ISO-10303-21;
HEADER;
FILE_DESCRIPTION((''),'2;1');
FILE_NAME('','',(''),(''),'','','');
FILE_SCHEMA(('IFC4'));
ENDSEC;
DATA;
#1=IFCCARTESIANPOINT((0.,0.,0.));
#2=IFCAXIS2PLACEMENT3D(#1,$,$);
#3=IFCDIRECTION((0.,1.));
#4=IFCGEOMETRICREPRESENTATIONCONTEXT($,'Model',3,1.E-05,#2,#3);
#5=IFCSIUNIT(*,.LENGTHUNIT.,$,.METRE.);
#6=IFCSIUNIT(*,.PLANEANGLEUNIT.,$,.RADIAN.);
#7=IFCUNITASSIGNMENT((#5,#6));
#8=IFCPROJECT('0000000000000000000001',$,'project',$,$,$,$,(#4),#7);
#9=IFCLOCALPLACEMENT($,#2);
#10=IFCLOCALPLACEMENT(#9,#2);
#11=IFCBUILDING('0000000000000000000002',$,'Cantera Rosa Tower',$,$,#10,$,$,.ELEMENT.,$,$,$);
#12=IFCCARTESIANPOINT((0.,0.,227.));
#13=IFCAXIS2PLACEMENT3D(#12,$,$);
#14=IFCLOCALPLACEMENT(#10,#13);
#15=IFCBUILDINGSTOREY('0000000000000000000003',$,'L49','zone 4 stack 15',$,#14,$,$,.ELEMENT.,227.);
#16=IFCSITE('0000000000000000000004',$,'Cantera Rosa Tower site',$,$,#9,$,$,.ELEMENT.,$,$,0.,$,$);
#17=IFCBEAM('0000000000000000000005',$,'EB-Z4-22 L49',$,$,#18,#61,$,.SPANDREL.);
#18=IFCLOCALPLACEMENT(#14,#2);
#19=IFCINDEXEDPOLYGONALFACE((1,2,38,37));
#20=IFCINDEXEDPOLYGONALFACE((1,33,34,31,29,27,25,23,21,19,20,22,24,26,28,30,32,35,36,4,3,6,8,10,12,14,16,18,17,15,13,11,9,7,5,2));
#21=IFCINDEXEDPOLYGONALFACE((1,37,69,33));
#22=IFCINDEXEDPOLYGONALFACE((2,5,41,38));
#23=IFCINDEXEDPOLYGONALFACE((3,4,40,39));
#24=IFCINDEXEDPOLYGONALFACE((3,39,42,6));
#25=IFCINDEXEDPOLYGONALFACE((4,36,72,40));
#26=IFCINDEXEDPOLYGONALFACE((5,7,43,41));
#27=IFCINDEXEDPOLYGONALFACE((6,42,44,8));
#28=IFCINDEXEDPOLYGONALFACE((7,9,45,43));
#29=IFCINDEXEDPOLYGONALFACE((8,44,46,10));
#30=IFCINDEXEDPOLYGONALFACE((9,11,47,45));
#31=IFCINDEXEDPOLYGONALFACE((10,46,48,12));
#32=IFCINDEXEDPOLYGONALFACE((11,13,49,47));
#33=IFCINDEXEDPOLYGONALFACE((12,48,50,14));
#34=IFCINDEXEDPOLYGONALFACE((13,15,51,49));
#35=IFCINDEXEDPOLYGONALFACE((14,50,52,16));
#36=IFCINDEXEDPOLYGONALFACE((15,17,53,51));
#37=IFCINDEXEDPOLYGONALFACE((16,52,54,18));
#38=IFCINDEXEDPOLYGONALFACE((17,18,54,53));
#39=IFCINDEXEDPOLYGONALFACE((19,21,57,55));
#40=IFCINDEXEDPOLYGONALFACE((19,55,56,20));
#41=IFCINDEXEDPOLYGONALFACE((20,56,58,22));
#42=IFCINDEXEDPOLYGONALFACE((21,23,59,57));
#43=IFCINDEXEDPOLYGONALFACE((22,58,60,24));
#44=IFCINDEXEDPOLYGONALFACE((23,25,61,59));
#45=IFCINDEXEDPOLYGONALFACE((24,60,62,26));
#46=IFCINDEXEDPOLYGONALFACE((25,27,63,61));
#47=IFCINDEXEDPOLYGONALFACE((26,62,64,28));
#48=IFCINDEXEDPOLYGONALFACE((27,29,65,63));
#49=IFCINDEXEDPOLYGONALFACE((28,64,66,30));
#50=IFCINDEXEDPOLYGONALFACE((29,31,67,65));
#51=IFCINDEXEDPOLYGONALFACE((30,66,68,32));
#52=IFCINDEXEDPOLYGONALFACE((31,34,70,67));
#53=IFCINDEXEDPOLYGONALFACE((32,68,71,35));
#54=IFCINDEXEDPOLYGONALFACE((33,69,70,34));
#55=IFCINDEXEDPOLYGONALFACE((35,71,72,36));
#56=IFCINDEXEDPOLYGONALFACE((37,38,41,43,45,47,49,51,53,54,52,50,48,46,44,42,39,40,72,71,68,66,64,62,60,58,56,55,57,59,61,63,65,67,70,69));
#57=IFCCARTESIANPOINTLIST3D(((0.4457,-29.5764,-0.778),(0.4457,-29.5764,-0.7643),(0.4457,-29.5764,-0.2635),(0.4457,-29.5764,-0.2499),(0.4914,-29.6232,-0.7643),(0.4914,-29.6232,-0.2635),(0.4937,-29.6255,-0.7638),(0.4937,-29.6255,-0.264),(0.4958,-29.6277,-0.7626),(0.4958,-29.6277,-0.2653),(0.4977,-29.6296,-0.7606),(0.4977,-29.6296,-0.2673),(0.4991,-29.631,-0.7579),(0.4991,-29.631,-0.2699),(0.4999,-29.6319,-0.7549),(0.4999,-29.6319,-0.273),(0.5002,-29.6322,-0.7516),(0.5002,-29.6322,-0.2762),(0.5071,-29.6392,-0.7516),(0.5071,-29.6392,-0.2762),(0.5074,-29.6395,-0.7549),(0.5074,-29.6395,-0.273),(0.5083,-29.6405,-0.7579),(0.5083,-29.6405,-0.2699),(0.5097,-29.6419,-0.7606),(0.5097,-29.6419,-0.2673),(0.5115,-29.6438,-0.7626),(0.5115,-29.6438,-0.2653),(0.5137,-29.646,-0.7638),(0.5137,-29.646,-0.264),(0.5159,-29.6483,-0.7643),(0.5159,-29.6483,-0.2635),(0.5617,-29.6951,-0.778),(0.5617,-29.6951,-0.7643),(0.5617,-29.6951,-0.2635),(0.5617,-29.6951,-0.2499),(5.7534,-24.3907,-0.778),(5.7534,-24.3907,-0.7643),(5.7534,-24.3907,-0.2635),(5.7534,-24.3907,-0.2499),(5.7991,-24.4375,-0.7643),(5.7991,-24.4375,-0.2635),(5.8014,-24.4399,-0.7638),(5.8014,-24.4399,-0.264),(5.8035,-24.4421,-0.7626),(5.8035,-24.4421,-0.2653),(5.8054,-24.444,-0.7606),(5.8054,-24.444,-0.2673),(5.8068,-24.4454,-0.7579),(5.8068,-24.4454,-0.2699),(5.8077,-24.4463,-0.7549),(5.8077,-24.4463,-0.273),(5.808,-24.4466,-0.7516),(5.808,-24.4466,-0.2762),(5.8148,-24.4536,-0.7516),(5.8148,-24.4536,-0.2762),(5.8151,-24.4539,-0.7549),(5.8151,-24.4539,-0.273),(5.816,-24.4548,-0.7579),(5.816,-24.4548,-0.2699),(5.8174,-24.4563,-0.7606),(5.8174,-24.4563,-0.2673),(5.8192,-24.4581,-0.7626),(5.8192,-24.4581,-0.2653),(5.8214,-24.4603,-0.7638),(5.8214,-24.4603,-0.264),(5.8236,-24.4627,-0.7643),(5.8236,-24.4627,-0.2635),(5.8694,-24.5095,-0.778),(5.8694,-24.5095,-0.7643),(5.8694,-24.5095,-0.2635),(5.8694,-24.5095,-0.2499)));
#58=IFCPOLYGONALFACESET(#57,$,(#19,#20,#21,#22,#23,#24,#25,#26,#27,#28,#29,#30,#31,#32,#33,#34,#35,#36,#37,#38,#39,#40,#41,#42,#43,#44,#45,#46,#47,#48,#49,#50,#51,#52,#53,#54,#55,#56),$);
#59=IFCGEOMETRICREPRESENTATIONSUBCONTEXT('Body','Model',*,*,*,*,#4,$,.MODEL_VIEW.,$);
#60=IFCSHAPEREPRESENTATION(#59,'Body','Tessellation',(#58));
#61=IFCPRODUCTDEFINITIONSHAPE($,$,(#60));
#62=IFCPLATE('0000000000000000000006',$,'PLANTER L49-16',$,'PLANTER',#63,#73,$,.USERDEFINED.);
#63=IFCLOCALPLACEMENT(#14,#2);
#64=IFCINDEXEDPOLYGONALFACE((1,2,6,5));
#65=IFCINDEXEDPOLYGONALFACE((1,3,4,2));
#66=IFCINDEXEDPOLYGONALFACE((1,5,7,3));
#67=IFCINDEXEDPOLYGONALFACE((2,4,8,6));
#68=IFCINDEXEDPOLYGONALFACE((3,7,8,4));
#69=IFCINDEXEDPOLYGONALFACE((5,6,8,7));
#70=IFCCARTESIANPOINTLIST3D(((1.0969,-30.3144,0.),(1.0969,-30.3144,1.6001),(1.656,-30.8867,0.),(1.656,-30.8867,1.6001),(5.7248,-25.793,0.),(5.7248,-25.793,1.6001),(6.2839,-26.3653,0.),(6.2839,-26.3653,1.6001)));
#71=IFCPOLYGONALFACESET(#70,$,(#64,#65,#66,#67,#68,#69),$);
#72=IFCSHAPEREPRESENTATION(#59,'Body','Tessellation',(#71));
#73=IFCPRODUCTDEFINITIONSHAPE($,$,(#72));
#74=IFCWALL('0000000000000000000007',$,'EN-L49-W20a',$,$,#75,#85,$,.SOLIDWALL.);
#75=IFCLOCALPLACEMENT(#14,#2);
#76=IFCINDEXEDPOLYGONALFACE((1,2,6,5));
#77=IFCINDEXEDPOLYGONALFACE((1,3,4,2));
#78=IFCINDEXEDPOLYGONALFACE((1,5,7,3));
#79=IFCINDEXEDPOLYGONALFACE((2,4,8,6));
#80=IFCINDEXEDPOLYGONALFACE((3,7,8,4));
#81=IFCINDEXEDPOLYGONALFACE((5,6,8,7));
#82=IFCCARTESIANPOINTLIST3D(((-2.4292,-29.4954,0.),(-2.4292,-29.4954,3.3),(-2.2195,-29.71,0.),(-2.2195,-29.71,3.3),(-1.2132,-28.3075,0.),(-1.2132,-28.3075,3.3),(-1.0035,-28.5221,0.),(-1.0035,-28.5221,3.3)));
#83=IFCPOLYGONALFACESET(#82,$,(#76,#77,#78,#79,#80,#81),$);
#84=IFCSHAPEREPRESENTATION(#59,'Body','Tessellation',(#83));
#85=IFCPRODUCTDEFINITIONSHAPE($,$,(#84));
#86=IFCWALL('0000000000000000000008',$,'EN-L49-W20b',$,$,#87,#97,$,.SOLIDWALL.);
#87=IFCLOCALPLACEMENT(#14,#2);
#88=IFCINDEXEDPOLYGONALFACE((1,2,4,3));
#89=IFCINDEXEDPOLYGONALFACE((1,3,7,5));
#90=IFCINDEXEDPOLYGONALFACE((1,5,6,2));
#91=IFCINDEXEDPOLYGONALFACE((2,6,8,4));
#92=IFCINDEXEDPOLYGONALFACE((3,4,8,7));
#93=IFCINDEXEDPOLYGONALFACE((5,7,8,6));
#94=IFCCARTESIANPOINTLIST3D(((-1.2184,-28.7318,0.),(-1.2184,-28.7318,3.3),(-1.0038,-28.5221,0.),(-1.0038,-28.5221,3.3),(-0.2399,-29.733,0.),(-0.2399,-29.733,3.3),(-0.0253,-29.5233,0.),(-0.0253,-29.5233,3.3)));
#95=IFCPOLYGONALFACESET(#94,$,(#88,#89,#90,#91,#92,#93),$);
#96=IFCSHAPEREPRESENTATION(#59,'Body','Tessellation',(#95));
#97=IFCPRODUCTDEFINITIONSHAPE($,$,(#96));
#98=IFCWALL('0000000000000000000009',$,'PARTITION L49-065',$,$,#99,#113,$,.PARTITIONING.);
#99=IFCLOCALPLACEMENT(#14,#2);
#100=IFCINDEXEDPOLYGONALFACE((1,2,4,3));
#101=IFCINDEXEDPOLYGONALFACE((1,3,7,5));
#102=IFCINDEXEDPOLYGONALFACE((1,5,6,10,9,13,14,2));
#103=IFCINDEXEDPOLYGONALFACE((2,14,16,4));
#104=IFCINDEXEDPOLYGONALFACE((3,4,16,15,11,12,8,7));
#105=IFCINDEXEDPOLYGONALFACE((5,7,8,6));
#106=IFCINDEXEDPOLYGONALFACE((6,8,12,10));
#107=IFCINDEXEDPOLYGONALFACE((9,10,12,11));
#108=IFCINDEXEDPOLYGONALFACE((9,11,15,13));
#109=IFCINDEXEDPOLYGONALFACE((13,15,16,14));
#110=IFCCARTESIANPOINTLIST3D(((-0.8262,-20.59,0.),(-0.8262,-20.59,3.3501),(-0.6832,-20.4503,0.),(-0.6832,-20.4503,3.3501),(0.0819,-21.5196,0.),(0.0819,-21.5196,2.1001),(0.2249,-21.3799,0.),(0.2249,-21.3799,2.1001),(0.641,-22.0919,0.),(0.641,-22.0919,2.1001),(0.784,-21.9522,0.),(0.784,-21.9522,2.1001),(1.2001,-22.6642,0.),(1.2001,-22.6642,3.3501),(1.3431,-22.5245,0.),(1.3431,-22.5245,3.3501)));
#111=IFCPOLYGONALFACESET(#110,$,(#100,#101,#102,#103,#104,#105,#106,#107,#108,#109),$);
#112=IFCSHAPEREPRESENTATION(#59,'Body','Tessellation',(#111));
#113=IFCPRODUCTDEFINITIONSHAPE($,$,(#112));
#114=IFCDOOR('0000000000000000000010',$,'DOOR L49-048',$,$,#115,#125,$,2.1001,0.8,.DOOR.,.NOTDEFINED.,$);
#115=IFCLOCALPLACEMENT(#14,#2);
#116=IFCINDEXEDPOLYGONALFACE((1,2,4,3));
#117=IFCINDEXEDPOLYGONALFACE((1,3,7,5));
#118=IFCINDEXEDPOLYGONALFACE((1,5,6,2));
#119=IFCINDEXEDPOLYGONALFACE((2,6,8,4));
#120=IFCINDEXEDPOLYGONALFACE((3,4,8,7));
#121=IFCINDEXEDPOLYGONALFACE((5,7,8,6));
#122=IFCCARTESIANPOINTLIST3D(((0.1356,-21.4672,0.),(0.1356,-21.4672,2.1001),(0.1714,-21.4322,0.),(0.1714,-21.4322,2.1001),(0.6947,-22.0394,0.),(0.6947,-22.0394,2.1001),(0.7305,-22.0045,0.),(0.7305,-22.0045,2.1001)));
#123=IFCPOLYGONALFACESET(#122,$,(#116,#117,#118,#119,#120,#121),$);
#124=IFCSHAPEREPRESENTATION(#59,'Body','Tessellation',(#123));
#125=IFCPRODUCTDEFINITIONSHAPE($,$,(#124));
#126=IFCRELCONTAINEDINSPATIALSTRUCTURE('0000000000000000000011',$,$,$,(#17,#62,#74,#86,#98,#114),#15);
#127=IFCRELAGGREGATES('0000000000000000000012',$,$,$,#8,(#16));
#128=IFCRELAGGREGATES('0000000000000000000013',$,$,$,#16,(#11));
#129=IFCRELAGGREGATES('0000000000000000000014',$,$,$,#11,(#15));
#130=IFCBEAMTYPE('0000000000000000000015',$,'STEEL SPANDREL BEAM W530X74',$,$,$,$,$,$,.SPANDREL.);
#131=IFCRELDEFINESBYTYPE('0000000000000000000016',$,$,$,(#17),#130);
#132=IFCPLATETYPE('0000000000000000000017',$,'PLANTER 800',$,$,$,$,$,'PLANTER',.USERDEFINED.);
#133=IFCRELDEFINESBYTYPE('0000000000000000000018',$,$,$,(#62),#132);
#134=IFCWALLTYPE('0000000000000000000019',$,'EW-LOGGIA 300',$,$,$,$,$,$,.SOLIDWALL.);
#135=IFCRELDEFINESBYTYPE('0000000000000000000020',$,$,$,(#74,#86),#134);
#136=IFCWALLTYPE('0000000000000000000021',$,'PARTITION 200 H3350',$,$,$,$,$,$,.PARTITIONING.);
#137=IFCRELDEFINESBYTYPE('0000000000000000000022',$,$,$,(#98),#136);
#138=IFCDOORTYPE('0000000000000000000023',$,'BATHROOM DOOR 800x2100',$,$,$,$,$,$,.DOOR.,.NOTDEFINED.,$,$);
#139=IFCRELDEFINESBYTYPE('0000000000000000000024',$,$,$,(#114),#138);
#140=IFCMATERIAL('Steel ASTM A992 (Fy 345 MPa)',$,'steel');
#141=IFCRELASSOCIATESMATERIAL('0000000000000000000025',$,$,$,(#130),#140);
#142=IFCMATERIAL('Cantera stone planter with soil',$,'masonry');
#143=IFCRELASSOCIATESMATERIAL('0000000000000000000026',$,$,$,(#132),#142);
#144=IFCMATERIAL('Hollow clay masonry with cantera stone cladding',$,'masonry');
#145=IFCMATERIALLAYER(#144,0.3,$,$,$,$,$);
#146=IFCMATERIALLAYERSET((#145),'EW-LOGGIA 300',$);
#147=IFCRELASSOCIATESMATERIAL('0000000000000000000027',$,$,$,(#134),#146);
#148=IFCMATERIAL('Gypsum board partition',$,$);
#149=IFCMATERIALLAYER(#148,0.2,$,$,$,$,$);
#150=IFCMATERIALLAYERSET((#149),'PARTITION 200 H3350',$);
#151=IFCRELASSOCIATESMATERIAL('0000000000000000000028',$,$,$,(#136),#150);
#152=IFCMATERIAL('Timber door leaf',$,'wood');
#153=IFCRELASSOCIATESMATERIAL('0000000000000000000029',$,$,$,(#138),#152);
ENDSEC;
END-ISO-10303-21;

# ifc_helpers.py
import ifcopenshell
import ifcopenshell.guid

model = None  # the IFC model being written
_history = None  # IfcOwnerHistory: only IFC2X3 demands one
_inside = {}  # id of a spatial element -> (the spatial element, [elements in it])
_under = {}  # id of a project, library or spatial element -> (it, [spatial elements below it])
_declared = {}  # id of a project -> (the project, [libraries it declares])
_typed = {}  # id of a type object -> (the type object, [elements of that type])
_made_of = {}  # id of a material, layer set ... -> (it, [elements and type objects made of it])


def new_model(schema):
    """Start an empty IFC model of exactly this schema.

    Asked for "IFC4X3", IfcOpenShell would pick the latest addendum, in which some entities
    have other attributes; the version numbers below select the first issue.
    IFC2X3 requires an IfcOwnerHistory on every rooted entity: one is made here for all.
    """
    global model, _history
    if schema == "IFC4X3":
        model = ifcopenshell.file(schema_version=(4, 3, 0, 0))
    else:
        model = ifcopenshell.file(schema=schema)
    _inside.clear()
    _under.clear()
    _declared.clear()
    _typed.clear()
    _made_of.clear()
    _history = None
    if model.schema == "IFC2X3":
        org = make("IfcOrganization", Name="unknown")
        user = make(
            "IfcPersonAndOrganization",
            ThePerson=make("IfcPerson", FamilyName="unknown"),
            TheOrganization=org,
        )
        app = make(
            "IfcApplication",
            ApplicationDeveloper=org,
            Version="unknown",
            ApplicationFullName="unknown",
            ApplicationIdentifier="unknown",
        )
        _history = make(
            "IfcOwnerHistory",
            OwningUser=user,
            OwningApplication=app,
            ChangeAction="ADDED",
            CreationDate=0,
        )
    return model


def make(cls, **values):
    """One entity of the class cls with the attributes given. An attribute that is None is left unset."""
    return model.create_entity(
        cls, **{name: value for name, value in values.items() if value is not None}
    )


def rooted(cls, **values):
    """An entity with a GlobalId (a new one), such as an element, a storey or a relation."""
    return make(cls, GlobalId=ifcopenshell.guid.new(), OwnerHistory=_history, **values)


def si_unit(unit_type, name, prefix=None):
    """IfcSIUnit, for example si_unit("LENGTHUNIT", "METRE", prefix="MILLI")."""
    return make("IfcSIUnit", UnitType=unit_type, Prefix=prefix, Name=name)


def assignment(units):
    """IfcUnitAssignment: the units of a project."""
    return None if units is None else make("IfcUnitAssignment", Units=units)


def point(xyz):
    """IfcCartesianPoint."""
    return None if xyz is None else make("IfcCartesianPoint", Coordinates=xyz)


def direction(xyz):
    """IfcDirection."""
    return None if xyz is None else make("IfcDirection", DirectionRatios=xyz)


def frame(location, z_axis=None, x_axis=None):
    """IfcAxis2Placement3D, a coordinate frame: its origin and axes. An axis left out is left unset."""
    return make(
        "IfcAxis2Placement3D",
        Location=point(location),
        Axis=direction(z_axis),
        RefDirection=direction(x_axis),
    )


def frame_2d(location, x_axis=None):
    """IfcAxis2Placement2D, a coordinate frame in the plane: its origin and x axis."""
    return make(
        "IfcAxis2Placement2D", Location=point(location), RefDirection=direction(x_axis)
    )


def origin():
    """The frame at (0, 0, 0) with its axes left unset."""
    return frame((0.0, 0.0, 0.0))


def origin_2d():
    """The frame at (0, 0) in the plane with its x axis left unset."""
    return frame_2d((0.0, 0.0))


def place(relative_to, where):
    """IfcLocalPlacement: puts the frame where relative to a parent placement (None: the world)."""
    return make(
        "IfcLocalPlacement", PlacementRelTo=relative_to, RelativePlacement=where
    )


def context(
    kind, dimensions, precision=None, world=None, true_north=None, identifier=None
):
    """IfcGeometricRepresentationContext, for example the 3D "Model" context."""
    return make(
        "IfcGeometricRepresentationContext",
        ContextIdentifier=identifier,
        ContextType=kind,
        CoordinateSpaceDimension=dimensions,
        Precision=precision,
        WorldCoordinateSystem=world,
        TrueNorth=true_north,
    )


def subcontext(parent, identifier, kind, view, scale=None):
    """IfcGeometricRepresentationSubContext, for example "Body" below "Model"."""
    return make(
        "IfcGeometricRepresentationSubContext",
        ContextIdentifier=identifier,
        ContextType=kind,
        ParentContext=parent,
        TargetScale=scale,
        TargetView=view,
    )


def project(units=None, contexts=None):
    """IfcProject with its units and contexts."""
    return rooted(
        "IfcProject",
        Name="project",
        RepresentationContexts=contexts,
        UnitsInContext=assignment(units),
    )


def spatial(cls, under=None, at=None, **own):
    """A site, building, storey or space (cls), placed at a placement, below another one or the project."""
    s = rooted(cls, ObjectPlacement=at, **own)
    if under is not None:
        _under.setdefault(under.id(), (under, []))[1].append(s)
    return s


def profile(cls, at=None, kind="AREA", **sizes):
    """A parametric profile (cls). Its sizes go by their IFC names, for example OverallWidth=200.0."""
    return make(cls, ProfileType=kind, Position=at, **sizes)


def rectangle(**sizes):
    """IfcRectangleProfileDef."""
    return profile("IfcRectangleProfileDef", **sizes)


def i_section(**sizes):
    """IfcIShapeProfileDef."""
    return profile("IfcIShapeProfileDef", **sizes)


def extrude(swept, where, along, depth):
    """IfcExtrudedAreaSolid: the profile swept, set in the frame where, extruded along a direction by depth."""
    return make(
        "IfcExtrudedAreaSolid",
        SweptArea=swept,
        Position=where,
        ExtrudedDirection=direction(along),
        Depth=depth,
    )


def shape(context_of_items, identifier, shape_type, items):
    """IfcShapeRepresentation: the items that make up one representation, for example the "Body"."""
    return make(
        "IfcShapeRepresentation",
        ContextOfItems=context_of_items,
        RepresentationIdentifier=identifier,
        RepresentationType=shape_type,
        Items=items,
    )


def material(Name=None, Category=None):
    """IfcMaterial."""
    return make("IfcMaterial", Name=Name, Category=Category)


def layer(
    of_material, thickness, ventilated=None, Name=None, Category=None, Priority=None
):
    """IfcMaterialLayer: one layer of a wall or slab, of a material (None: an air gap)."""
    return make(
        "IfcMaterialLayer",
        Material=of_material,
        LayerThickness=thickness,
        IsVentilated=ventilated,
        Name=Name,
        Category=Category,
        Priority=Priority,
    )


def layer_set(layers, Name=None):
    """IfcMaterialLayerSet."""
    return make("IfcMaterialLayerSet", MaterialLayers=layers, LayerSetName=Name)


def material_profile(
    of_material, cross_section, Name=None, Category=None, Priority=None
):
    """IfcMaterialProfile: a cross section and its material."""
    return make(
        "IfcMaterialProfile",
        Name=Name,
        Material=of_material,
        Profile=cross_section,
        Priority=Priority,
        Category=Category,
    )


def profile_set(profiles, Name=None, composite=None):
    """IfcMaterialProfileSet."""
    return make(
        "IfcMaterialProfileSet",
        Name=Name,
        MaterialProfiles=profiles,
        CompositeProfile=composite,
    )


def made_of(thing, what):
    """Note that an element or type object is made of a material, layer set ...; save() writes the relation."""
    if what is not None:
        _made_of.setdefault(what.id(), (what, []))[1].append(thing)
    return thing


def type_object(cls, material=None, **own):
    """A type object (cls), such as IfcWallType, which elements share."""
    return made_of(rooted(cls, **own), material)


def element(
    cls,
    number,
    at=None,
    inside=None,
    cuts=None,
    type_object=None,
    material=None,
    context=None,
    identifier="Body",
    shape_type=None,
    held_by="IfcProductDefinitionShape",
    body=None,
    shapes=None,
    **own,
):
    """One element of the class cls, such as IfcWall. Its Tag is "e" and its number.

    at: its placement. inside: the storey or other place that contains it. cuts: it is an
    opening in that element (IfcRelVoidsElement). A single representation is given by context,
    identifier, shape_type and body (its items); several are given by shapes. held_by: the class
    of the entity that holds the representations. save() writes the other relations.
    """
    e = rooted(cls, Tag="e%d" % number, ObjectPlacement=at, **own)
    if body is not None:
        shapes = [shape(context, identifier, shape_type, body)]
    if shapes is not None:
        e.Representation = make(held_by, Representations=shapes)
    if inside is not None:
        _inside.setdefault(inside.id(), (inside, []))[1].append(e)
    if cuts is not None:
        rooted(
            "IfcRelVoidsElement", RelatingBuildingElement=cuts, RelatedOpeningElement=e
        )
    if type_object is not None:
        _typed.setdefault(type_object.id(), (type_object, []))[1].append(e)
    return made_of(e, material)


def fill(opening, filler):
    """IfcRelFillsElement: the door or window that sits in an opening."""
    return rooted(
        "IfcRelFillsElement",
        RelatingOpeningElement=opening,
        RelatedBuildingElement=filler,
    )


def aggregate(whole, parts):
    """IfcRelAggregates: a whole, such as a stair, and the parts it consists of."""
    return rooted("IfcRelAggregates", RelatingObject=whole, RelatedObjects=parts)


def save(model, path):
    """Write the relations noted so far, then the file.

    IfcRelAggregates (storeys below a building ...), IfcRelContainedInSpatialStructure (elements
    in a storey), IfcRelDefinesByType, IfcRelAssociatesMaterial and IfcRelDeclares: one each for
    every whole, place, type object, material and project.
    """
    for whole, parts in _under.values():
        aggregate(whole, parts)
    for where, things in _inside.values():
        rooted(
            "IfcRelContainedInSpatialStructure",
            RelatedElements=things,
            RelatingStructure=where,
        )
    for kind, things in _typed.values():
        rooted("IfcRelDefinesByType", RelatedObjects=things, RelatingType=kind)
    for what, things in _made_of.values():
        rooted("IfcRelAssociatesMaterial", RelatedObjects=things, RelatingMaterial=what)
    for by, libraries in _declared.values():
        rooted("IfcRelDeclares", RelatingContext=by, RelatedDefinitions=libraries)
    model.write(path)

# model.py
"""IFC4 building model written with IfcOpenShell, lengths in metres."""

from ifc_helpers import new_model, si_unit, direction, frame, frame_2d, origin, origin_2d, place, context, subcontext, project, spatial, rectangle, i_section, extrude, material, layer, layer_set, material_profile, profile_set, type_object, element, fill, save


model = new_model("IFC4")

# Units and contexts
model_context = context("Model", 3, precision=1e-05, world=origin(), true_north=direction((0.0, 1.0)))
body_context = subcontext(model_context, "Body", "Model", "MODEL_VIEW")
ifc_project = project(units=[si_unit("LENGTHUNIT", "METRE"), si_unit("PLANEANGLEUNIT", "RADIAN")], contexts=[model_context])

# Site, building, storey
site_placement = place(None, origin())
site = spatial("IfcSite", under=ifc_project, at=site_placement, Name="Cantera Rosa Tower site", CompositionType="ELEMENT", RefElevation=0.0)
building_placement = place(site_placement, origin())
building = spatial("IfcBuilding", under=site, at=building_placement, Name="Cantera Rosa Tower", CompositionType="ELEMENT")
storey_placement = place(building_placement, frame((0.0, 0.0, 227.0)))
storey = spatial("IfcBuildingStorey", under=building, at=storey_placement, Name="L49", Description="zone 4 stack 15", CompositionType="ELEMENT", Elevation=227.0)

# Beam
ifc_material_1 = material(Name="Steel ASTM A992 (Fy 345 MPa)", Category="steel")
ifc_material_profile_1 = material_profile(ifc_material_1, i_section(OverallWidth=0.166, OverallDepth=0.5281, WebThickness=0.0098, FlangeThickness=0.0137, FilletRadius=0.0127, at=origin_2d()), Name="W530X74")
ifc_profile_set_1 = profile_set([ifc_material_profile_1], Name="Steel ASTM A992 (Fy 345 MPa)")
beam_type_1 = type_object("IfcBeamType", Name="STEEL SPANDREL BEAM W530X74", PredefinedType="SPANDREL", material=ifc_profile_set_1)
beam_1_placement = place(storey_placement, frame((0.5037, -29.6357, -0.5139), z_axis=(0.715284, 0.698833, 0.0), x_axis=(-0.698833, 0.715284, 0.0)))
element("IfcBeam", 1, at=beam_1_placement, inside=storey, type_object=beam_type_1, Name="EB-Z4-22 L49", PredefinedType="SPANDREL", context=body_context, shape_type="SweptSolid", body=[
    extrude(i_section(OverallWidth=0.166, OverallDepth=0.5281, WebThickness=0.0098, FlangeThickness=0.0137, FilletRadius=0.0127, at=origin_2d()), origin(), (0.0, 0.0, 1.0), 7.4204),
])

# Plate
ifc_material_2 = material(Name="Cantera stone planter with soil", Category="masonry")
plate_type = type_object("IfcPlateType", Name="PLANTER 800", ElementType="PLANTER", PredefinedType="USERDEFINED", material=ifc_material_2)
plate_placement = place(storey_placement, frame((3.6904, -28.3398, 0.0), z_axis=(0.0, 0.0, 1.0), x_axis=(0.715286, 0.698832, 0.0)))
element("IfcPlate", 2, at=plate_placement, inside=storey, type_object=plate_type, Name="PLANTER L49-16", ObjectType="PLANTER", PredefinedType="USERDEFINED", context=body_context, shape_type="SweptSolid", body=[
    extrude(rectangle(XDim=6.47, YDim=0.8, at=origin_2d()), origin(), (0.0, 0.0, 1.0), 1.6001),
])

# Walls
ifc_material_3 = material(Name="Hollow clay masonry with cantera stone cladding", Category="masonry")
ifc_layer_1 = layer(ifc_material_3, 0.3)
ifc_layer_set_1 = layer_set([ifc_layer_1], Name="EW-LOGGIA 300")
wall_type_1 = type_object("IfcWallType", Name="EW-LOGGIA 300", PredefinedType="SOLIDWALL", material=ifc_layer_set_1)
wall_1_placement = place(storey_placement, frame((-2.3245, -29.6028, 0.0), z_axis=(0.0, 0.0, 1.0), x_axis=(0.715316, 0.698801, 0.0)))
element("IfcWall", 3, at=wall_1_placement, inside=storey, type_object=wall_type_1, Name="EN-L49-W20a", PredefinedType="SOLIDWALL", context=body_context, shape_type="SweptSolid", body=[
    extrude(rectangle(XDim=1.7, YDim=0.3, at=frame_2d((0.8501, 0.0))), origin(), (0.0, 0.0, 1.0), 3.3),
])
wall_2_placement = place(storey_placement, frame((-1.1111, -28.627, 0.0), z_axis=(0.0, 0.0, 1.0), x_axis=(0.698951, -0.715169, 0.0)))
element("IfcWall", 4, at=wall_2_placement, inside=storey, type_object=wall_type_1, Name="EN-L49-W20b", PredefinedType="SOLIDWALL", context=body_context, shape_type="SweptSolid", body=[
    extrude(rectangle(XDim=1.3999, YDim=0.3, at=frame_2d((0.7, 0.0))), origin(), (0.0, 0.0, 1.0), 3.3),
])

# Wall, opening, door
ifc_material_4 = material(Name="Gypsum board partition")
ifc_layer_2 = layer(ifc_material_4, 0.2)
ifc_layer_set_2 = layer_set([ifc_layer_2], Name="PARTITION 200 H3350")
wall_type_2 = type_object("IfcWallType", Name="PARTITION 200 H3350", PredefinedType="PARTITIONING", material=ifc_layer_set_2)
wall_3_placement = place(storey_placement, frame((1.2715, -22.5942, 0.0), z_axis=(0.0, 0.0, 1.0), x_axis=(-0.698808, 0.71531, 0.0)))
wall_3 = element("IfcWall", 5, at=wall_3_placement, inside=storey, type_object=wall_type_2, Name="PARTITION L49-065", PredefinedType="PARTITIONING", context=body_context, shape_type="SweptSolid", body=[
    extrude(rectangle(XDim=2.8997, YDim=0.2, at=frame_2d((1.4497, 0.0))), origin(), (0.0, 0.0, 1.0), 3.3501),
])
opening_1_placement = place(wall_3_placement, frame((0.8, 0.0, 0.0)))
opening_1 = element("IfcOpeningElement", 6, at=opening_1_placement, cuts=wall_3, PredefinedType="OPENING", context=body_context, shape_type="SweptSolid", body=[
    extrude(rectangle(XDim=0.8, YDim=2.1001, at=frame_2d((0.3999, 1.05))), frame((0.0, 0.1099, 0.0), z_axis=(0.0, -1.0, 0.0), x_axis=(1.0, 0.0, 0.0)), (0.0, 0.0, 1.0), 0.22),
])
ifc_material_5 = material(Name="Timber door leaf", Category="wood")
door_type_1 = type_object("IfcDoorType", Name="BATHROOM DOOR 800x2100", OperationType="NOTDEFINED", PredefinedType="DOOR", material=ifc_material_5)
door_1_placement = place(opening_1_placement, origin())
door_1 = element("IfcDoor", 7, at=door_1_placement, inside=storey, type_object=door_type_1, Name="DOOR L49-048", OperationType="NOTDEFINED", OverallHeight=2.1001, OverallWidth=0.8, PredefinedType="DOOR", context=body_context, shape_type="SweptSolid", body=[
    extrude(rectangle(XDim=0.8, YDim=2.1001, at=frame_2d((0.3999, 1.05))), frame((0.0, 0.0249, 0.0), z_axis=(0.0, -1.0, 0.0), x_axis=(1.0, 0.0, 0.0)), (0.0, 0.0, 1.0), 0.05),
])
fill(opening_1, door_1)

save(model, "model.ifc")
